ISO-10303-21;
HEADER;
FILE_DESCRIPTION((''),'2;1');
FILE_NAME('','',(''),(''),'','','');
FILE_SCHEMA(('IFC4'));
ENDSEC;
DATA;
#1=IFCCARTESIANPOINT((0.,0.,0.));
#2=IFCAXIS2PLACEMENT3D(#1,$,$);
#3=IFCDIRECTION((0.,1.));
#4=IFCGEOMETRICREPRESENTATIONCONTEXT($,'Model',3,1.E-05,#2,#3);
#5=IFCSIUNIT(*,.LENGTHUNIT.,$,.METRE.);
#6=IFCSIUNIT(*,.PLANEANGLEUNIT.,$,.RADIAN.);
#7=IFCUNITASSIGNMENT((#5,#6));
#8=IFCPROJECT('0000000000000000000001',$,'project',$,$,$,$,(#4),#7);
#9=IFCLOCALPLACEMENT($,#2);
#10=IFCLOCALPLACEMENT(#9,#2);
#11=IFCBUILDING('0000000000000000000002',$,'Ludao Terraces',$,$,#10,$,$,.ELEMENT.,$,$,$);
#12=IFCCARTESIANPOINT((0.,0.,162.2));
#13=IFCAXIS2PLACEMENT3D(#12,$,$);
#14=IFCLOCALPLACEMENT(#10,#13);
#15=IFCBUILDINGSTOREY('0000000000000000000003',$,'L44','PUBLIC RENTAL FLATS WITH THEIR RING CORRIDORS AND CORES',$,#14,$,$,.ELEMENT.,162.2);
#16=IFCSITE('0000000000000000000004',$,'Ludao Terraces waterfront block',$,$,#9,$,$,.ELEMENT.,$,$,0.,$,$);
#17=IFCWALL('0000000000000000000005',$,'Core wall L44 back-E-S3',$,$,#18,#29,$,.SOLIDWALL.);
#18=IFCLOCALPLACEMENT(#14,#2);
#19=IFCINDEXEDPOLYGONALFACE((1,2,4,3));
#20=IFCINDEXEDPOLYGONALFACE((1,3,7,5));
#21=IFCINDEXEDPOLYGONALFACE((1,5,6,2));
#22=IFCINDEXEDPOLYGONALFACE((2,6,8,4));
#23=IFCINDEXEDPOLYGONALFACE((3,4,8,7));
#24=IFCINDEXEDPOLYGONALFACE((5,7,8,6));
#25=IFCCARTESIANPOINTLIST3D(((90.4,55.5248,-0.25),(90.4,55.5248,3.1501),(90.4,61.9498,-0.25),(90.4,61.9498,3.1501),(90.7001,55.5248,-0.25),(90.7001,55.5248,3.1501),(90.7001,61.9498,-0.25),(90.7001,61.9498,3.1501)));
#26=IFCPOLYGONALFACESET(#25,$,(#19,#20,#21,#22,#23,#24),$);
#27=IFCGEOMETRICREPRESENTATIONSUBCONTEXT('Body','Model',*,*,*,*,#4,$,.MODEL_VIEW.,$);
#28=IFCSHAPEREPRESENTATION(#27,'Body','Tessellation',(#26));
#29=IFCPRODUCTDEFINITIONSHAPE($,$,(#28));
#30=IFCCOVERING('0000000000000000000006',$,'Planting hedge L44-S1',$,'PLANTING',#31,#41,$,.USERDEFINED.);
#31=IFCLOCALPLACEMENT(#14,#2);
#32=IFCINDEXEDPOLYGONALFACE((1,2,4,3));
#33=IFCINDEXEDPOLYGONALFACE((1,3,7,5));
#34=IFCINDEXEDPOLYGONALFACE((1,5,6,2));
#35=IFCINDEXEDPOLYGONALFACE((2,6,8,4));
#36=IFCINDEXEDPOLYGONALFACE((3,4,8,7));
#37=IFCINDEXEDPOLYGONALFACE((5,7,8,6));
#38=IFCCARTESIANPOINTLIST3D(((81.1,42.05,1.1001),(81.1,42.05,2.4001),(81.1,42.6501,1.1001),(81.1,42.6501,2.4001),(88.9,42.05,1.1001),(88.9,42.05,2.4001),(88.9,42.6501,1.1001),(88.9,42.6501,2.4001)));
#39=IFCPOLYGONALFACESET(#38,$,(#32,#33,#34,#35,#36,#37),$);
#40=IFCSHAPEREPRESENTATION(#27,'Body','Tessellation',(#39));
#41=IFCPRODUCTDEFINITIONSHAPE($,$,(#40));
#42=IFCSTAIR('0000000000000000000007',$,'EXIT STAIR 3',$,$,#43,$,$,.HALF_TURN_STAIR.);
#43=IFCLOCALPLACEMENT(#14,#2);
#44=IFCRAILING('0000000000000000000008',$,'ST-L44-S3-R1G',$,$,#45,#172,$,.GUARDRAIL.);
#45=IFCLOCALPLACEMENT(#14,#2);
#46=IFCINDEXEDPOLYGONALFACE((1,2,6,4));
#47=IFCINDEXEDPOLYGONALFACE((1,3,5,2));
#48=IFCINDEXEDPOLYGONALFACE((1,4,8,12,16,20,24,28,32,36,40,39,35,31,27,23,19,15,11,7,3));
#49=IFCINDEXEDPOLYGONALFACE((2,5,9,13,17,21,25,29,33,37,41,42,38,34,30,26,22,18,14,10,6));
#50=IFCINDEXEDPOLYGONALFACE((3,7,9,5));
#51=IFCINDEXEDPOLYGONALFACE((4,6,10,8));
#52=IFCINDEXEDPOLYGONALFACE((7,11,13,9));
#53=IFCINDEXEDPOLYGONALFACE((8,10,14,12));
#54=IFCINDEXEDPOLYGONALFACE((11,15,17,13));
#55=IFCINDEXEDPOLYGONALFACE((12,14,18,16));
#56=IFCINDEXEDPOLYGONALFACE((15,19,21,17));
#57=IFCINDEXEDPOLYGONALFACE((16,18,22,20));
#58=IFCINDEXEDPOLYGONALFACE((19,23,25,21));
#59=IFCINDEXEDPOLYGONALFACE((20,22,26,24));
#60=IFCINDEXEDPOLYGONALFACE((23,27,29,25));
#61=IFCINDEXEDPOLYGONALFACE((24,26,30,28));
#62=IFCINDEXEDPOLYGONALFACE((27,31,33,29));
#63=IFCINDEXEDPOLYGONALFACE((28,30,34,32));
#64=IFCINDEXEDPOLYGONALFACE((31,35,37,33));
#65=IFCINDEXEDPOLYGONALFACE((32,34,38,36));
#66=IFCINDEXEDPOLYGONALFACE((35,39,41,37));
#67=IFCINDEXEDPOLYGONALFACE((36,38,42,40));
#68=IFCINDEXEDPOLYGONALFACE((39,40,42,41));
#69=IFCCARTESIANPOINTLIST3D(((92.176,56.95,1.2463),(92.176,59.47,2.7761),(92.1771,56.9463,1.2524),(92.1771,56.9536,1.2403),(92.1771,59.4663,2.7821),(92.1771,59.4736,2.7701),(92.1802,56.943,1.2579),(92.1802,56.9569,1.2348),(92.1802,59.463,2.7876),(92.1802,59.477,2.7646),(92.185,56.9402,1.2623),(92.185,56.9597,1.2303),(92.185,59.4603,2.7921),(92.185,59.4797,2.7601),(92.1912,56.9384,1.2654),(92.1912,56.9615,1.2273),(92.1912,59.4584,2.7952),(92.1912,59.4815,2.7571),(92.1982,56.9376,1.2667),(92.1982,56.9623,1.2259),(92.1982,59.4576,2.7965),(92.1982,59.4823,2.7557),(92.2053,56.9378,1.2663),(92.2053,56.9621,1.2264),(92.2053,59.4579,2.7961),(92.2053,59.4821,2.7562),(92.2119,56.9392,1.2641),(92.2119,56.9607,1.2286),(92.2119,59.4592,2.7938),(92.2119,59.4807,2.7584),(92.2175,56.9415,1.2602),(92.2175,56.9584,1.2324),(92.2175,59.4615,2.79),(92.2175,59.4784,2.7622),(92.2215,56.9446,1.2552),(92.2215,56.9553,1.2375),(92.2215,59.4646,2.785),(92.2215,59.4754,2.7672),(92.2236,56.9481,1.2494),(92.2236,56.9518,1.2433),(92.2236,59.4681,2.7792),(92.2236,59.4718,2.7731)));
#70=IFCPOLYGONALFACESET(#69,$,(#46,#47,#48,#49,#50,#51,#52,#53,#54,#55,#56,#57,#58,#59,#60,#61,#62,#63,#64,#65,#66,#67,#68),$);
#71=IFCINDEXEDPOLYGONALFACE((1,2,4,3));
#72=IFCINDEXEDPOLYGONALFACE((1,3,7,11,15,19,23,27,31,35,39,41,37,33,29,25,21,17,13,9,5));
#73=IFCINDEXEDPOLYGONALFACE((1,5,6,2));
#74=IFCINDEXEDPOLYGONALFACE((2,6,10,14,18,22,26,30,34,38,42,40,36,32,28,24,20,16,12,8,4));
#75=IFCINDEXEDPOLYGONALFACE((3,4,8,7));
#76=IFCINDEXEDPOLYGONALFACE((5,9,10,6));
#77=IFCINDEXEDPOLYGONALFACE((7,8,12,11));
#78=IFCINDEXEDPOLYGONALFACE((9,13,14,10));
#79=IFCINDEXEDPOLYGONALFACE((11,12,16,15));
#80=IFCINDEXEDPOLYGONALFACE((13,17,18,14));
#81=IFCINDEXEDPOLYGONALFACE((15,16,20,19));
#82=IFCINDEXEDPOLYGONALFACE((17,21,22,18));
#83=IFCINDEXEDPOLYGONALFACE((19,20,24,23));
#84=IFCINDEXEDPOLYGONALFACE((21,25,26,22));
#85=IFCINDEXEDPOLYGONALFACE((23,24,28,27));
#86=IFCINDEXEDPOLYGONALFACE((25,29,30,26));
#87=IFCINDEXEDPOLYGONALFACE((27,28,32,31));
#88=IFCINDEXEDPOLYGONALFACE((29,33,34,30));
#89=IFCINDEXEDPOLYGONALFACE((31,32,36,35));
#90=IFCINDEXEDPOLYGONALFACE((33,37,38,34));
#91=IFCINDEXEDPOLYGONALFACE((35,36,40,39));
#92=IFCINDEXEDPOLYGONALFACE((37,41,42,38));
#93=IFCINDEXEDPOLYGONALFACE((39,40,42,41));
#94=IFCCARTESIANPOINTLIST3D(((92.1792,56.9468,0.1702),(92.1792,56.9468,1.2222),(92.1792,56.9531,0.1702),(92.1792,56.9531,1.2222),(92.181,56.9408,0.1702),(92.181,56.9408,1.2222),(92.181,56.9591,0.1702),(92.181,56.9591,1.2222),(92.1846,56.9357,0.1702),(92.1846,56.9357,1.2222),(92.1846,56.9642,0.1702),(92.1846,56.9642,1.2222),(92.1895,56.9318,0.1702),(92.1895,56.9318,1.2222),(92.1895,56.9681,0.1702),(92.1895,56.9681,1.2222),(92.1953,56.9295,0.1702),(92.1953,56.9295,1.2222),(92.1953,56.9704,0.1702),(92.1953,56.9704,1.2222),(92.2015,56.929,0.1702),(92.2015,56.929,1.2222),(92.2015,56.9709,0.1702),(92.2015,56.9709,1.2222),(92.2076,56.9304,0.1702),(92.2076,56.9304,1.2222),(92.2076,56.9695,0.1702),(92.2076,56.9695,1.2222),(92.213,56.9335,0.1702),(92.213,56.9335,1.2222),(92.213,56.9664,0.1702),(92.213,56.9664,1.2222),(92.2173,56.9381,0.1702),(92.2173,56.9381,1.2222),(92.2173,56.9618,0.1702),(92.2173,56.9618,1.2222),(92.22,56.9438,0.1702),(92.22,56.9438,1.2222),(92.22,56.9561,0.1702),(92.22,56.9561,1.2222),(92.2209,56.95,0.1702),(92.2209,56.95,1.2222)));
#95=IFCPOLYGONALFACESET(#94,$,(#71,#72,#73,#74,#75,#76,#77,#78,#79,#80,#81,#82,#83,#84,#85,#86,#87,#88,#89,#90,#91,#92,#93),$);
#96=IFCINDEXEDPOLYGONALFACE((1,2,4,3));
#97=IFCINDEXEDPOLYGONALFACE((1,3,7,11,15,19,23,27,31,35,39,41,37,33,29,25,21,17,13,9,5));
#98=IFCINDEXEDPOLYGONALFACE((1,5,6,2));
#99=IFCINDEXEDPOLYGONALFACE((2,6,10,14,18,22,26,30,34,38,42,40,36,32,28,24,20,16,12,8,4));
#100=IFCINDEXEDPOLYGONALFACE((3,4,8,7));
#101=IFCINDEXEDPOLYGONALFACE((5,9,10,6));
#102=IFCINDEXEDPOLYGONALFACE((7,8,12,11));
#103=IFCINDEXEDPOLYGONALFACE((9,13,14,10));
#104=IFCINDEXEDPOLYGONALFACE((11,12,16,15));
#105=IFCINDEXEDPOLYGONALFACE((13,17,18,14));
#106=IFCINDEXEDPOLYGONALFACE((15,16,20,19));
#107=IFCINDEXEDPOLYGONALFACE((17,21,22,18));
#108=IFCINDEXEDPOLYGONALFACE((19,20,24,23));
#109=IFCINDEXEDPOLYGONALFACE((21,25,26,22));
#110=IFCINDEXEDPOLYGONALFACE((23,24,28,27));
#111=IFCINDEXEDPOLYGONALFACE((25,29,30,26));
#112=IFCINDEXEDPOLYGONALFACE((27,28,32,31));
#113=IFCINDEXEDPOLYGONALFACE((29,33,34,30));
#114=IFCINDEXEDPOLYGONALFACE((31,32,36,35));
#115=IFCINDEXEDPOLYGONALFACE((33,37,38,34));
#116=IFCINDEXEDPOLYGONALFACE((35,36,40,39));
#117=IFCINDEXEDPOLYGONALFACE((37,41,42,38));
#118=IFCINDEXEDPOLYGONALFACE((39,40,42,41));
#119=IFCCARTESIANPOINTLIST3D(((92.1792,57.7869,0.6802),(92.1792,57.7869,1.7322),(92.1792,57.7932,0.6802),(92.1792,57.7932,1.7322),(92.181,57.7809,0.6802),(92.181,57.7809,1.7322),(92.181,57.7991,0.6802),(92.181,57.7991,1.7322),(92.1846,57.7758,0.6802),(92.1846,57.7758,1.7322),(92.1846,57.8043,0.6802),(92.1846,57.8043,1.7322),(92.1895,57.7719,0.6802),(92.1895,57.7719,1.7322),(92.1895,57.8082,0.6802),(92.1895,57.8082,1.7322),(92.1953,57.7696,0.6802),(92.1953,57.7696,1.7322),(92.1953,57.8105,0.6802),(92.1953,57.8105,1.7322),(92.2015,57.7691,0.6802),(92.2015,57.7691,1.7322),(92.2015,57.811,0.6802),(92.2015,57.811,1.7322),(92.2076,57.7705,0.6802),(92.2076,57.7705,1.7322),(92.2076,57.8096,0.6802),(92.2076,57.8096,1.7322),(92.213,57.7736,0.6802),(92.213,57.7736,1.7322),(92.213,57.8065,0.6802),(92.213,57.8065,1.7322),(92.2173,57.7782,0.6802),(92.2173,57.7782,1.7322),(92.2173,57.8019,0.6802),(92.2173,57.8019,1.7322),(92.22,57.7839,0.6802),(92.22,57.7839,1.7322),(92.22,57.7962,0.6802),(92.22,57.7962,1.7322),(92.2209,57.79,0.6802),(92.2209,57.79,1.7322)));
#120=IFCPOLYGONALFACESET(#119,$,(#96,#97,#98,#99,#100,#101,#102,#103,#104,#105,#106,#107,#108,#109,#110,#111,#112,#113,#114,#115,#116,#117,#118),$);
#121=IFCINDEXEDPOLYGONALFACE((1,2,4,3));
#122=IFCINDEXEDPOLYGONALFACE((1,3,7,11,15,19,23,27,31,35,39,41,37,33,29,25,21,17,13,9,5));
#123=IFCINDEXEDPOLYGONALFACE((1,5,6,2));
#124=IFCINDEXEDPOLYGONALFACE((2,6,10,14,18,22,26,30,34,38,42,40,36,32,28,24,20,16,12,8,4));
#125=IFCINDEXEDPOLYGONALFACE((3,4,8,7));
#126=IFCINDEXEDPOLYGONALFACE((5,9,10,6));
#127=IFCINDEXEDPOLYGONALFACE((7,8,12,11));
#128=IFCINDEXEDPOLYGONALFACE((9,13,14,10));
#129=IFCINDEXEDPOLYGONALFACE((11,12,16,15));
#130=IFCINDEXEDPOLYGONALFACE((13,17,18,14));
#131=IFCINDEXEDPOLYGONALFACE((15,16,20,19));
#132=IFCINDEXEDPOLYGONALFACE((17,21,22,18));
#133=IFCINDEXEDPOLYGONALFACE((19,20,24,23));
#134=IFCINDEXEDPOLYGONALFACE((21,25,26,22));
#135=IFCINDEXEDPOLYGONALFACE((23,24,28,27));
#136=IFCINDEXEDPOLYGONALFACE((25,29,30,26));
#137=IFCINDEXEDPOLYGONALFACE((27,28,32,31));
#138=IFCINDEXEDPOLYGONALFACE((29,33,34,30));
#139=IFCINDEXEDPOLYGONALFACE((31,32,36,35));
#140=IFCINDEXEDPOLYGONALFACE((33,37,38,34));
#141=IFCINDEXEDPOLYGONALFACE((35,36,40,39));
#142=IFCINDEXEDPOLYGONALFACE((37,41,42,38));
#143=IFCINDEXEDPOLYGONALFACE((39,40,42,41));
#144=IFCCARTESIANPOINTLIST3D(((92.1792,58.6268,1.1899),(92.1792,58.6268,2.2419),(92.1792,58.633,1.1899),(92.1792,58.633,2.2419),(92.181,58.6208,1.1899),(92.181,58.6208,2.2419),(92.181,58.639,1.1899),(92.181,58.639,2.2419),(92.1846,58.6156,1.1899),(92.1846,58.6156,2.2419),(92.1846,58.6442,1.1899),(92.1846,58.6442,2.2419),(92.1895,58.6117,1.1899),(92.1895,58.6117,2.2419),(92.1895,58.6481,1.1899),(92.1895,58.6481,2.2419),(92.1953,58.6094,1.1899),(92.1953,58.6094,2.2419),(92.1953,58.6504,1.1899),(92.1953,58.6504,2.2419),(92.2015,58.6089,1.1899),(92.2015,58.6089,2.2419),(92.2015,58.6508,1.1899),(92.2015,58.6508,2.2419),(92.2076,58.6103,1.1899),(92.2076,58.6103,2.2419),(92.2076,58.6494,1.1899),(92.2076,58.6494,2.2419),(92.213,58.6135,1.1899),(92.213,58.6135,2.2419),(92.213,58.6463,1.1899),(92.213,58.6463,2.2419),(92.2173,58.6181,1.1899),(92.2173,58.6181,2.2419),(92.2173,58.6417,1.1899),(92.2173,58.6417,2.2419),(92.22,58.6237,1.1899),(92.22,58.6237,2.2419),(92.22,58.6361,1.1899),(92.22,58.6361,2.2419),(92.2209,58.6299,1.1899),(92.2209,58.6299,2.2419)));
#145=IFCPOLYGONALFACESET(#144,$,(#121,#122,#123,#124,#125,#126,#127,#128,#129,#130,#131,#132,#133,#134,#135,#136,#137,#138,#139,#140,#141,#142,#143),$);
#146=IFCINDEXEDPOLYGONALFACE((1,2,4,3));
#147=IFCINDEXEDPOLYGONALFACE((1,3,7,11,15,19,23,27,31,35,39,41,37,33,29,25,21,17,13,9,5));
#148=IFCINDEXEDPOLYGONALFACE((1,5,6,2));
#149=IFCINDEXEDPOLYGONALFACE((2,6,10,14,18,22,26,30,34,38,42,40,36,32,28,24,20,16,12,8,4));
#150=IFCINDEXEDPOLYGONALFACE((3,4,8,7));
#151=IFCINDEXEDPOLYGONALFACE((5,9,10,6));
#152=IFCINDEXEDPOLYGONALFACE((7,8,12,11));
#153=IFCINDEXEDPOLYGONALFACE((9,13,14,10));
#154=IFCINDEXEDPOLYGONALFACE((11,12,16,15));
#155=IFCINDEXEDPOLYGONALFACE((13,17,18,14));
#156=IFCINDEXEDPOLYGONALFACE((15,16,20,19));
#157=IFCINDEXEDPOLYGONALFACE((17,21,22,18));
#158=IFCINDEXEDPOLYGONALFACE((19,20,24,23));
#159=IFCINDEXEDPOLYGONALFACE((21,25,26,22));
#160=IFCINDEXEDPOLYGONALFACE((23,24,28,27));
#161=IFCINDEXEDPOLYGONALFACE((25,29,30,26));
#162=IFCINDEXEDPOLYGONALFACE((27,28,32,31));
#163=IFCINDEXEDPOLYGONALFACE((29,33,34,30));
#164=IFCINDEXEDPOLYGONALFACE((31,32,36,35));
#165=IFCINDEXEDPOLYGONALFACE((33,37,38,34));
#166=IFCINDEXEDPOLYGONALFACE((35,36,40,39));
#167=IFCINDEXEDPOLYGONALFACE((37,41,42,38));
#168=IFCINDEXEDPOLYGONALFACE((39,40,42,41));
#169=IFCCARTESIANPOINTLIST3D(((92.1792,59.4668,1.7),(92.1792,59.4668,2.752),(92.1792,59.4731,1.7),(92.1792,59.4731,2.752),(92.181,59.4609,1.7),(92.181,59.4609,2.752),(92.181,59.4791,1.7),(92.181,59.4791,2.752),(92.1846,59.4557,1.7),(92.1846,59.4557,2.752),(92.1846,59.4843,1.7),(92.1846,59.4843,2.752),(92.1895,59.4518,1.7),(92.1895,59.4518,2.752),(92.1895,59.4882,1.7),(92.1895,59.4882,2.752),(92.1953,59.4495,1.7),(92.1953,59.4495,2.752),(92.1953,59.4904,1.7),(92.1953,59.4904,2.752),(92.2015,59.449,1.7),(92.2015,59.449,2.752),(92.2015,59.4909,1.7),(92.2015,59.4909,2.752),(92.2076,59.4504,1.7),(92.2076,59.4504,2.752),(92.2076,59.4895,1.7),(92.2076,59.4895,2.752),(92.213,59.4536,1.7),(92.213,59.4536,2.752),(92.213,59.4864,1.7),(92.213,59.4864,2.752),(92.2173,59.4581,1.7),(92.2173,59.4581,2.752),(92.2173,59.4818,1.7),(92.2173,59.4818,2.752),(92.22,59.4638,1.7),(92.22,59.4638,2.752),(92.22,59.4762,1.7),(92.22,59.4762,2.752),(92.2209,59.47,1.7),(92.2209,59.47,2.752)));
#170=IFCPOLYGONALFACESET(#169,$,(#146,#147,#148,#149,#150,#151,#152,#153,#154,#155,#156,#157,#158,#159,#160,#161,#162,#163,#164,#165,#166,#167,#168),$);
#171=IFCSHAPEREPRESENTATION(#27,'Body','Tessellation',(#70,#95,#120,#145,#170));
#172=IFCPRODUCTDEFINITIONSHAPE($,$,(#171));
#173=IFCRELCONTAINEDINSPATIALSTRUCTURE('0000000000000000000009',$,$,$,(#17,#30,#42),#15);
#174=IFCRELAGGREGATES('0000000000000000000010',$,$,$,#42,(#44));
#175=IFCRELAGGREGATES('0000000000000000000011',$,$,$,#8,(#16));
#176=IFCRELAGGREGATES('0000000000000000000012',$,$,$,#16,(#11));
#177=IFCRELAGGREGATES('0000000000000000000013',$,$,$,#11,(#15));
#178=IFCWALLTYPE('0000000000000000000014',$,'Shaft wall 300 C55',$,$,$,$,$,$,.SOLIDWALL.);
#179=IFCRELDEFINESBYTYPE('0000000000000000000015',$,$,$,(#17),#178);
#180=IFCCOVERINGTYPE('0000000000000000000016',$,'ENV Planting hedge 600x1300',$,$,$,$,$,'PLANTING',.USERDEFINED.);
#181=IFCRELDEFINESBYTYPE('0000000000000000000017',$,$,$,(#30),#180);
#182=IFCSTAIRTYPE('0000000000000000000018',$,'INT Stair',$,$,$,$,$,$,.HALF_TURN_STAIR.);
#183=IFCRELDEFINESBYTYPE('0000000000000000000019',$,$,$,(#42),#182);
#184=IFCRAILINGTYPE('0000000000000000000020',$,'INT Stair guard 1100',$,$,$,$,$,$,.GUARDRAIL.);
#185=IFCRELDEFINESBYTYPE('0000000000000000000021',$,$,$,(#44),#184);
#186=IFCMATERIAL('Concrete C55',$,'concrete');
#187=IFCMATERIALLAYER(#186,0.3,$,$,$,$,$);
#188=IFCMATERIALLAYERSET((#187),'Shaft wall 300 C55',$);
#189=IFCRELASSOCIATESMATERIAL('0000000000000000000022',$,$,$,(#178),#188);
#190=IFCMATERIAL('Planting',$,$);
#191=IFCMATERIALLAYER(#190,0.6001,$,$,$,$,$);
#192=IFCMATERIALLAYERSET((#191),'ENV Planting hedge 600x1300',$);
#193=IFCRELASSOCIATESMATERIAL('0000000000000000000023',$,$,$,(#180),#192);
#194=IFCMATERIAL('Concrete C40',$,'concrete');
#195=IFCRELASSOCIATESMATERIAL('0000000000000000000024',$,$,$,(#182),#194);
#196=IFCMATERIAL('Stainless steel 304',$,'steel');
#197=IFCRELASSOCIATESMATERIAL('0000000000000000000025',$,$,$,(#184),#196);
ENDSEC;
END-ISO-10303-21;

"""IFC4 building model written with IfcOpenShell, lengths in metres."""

from ifc_helpers import new_model, si_unit, direction, frame, frame_2d, origin, origin_2d, place, context, subcontext, project, spatial, rectangle, circle, extrude, material, layer, layer_set, type_object, element, aggregate, save


model = new_model("IFC4")

# Units and contexts
model_context = context("Model", 3, precision=1e-05, world=origin(), true_north=direction((0.0, 1.0)))
body_context = subcontext(model_context, "Body", "Model", "MODEL_VIEW")
ifc_project = project(units=[si_unit("LENGTHUNIT", "METRE"), si_unit("PLANEANGLEUNIT", "RADIAN")], contexts=[model_context])

# Site, building, storey
site_placement = place(None, origin())
site = spatial("IfcSite", under=ifc_project, at=site_placement, Name="Ludao Terraces waterfront block", CompositionType="ELEMENT", RefElevation=0.0)
building_placement = place(site_placement, origin())
building = spatial("IfcBuilding", under=site, at=building_placement, Name="Ludao Terraces", CompositionType="ELEMENT")
storey_placement = place(building_placement, frame((0.0, 0.0, 162.2)))
storey = spatial("IfcBuildingStorey", under=building, at=storey_placement, Name="L44", Description="PUBLIC RENTAL FLATS WITH THEIR RING CORRIDORS AND CORES", CompositionType="ELEMENT", Elevation=162.2)

# Shared definitions
ifc_material_1 = material(Name="Concrete C40", Category="concrete")

# Wall
ifc_material_2 = material(Name="Concrete C55", Category="concrete")
ifc_layer_1 = layer(ifc_material_2, 0.3)
ifc_layer_set_1 = layer_set([ifc_layer_1], Name="Shaft wall 300 C55")
wall_type_1 = type_object("IfcWallType", Name="Shaft wall 300 C55", PredefinedType="SOLIDWALL", material=ifc_layer_set_1)
wall_1_placement = place(storey_placement, frame((90.55, 55.5249, -0.25), z_axis=(0.0, 0.0, 1.0), x_axis=(0.0, 1.0, 0.0)))
element("IfcWall", 1, at=wall_1_placement, inside=storey, type_object=wall_type_1, Name="Core wall L44 back-E-S3", PredefinedType="SOLIDWALL", context=body_context, shape_type="SweptSolid", body=[
    extrude(rectangle(XDim=6.425, YDim=0.3, at=frame_2d((3.2124, 0.0))), origin(), (0.0, 0.0, 1.0), 3.4001),
])

# Covering
ifc_material_3 = material(Name="Planting")
ifc_layer_2 = layer(ifc_material_3, 0.6001)
ifc_layer_set_2 = layer_set([ifc_layer_2], Name="ENV Planting hedge 600x1300")
covering_type = type_object("IfcCoveringType", Name="ENV Planting hedge 600x1300", ElementType="PLANTING", PredefinedType="USERDEFINED", material=ifc_layer_set_2)
covering_placement = place(storey_placement, frame((85.0, 42.3501, 1.1001), z_axis=(0.0, 0.0, 1.0), x_axis=(1.0, 0.0, 0.0)))
element("IfcCovering", 2, at=covering_placement, inside=storey, type_object=covering_type, Name="Planting hedge L44-S1", ObjectType="PLANTING", PredefinedType="USERDEFINED", context=body_context, shape_type="SweptSolid", body=[
    extrude(rectangle(XDim=7.8, YDim=0.6001, at=origin_2d()), origin(), (0.0, 0.0, 1.0), 1.3),
])

# Stair, railing
stair_type = type_object("IfcStairType", Name="INT Stair", PredefinedType="HALF_TURN_STAIR", material=ifc_material_1)
stair_placement = place(storey_placement, origin())
stair = element("IfcStair", 3, at=stair_placement, inside=storey, type_object=stair_type, Name="EXIT STAIR 3", PredefinedType="HALF_TURN_STAIR")
ifc_material_4 = material(Name="Stainless steel 304", Category="steel")
railing_type_1 = type_object("IfcRailingType", Name="INT Stair guard 1100", PredefinedType="GUARDRAIL", material=ifc_material_4)
railing_1_placement = place(storey_placement, frame((92.2, 56.95, 0.1702)))
railing_1 = element("IfcRailing", 4, at=railing_1_placement, type_object=railing_type_1, Name="ST-L44-S3-R1G", PredefinedType="GUARDRAIL", context=body_context, shape_type="SweptSolid", body=[
    extrude(circle(Radius=0.0239, at=origin_2d()), frame((0.0, 0.0, 1.0762), z_axis=(0.0, 0.854822, 0.518922), x_axis=(-1.0, 0.0, 0.0)), (0.0, 0.0, 1.0), 2.948),
    extrude(circle(Radius=0.021, at=origin_2d()), origin(), (0.0, 0.0, 1.0), 1.052),
    extrude(circle(Radius=0.021, at=origin_2d()), frame((0.0, 0.8401, 0.51)), (0.0, 0.0, 1.0), 1.052),
    extrude(circle(Radius=0.021, at=origin_2d()), frame((0.0, 1.6799, 1.0198)), (0.0, 0.0, 1.0), 1.052),
    extrude(circle(Radius=0.021, at=origin_2d()), frame((0.0, 2.52, 1.5298)), (0.0, 0.0, 1.0), 1.052),
])
aggregate(stair, [railing_1])

save(model, "model.ifc")
